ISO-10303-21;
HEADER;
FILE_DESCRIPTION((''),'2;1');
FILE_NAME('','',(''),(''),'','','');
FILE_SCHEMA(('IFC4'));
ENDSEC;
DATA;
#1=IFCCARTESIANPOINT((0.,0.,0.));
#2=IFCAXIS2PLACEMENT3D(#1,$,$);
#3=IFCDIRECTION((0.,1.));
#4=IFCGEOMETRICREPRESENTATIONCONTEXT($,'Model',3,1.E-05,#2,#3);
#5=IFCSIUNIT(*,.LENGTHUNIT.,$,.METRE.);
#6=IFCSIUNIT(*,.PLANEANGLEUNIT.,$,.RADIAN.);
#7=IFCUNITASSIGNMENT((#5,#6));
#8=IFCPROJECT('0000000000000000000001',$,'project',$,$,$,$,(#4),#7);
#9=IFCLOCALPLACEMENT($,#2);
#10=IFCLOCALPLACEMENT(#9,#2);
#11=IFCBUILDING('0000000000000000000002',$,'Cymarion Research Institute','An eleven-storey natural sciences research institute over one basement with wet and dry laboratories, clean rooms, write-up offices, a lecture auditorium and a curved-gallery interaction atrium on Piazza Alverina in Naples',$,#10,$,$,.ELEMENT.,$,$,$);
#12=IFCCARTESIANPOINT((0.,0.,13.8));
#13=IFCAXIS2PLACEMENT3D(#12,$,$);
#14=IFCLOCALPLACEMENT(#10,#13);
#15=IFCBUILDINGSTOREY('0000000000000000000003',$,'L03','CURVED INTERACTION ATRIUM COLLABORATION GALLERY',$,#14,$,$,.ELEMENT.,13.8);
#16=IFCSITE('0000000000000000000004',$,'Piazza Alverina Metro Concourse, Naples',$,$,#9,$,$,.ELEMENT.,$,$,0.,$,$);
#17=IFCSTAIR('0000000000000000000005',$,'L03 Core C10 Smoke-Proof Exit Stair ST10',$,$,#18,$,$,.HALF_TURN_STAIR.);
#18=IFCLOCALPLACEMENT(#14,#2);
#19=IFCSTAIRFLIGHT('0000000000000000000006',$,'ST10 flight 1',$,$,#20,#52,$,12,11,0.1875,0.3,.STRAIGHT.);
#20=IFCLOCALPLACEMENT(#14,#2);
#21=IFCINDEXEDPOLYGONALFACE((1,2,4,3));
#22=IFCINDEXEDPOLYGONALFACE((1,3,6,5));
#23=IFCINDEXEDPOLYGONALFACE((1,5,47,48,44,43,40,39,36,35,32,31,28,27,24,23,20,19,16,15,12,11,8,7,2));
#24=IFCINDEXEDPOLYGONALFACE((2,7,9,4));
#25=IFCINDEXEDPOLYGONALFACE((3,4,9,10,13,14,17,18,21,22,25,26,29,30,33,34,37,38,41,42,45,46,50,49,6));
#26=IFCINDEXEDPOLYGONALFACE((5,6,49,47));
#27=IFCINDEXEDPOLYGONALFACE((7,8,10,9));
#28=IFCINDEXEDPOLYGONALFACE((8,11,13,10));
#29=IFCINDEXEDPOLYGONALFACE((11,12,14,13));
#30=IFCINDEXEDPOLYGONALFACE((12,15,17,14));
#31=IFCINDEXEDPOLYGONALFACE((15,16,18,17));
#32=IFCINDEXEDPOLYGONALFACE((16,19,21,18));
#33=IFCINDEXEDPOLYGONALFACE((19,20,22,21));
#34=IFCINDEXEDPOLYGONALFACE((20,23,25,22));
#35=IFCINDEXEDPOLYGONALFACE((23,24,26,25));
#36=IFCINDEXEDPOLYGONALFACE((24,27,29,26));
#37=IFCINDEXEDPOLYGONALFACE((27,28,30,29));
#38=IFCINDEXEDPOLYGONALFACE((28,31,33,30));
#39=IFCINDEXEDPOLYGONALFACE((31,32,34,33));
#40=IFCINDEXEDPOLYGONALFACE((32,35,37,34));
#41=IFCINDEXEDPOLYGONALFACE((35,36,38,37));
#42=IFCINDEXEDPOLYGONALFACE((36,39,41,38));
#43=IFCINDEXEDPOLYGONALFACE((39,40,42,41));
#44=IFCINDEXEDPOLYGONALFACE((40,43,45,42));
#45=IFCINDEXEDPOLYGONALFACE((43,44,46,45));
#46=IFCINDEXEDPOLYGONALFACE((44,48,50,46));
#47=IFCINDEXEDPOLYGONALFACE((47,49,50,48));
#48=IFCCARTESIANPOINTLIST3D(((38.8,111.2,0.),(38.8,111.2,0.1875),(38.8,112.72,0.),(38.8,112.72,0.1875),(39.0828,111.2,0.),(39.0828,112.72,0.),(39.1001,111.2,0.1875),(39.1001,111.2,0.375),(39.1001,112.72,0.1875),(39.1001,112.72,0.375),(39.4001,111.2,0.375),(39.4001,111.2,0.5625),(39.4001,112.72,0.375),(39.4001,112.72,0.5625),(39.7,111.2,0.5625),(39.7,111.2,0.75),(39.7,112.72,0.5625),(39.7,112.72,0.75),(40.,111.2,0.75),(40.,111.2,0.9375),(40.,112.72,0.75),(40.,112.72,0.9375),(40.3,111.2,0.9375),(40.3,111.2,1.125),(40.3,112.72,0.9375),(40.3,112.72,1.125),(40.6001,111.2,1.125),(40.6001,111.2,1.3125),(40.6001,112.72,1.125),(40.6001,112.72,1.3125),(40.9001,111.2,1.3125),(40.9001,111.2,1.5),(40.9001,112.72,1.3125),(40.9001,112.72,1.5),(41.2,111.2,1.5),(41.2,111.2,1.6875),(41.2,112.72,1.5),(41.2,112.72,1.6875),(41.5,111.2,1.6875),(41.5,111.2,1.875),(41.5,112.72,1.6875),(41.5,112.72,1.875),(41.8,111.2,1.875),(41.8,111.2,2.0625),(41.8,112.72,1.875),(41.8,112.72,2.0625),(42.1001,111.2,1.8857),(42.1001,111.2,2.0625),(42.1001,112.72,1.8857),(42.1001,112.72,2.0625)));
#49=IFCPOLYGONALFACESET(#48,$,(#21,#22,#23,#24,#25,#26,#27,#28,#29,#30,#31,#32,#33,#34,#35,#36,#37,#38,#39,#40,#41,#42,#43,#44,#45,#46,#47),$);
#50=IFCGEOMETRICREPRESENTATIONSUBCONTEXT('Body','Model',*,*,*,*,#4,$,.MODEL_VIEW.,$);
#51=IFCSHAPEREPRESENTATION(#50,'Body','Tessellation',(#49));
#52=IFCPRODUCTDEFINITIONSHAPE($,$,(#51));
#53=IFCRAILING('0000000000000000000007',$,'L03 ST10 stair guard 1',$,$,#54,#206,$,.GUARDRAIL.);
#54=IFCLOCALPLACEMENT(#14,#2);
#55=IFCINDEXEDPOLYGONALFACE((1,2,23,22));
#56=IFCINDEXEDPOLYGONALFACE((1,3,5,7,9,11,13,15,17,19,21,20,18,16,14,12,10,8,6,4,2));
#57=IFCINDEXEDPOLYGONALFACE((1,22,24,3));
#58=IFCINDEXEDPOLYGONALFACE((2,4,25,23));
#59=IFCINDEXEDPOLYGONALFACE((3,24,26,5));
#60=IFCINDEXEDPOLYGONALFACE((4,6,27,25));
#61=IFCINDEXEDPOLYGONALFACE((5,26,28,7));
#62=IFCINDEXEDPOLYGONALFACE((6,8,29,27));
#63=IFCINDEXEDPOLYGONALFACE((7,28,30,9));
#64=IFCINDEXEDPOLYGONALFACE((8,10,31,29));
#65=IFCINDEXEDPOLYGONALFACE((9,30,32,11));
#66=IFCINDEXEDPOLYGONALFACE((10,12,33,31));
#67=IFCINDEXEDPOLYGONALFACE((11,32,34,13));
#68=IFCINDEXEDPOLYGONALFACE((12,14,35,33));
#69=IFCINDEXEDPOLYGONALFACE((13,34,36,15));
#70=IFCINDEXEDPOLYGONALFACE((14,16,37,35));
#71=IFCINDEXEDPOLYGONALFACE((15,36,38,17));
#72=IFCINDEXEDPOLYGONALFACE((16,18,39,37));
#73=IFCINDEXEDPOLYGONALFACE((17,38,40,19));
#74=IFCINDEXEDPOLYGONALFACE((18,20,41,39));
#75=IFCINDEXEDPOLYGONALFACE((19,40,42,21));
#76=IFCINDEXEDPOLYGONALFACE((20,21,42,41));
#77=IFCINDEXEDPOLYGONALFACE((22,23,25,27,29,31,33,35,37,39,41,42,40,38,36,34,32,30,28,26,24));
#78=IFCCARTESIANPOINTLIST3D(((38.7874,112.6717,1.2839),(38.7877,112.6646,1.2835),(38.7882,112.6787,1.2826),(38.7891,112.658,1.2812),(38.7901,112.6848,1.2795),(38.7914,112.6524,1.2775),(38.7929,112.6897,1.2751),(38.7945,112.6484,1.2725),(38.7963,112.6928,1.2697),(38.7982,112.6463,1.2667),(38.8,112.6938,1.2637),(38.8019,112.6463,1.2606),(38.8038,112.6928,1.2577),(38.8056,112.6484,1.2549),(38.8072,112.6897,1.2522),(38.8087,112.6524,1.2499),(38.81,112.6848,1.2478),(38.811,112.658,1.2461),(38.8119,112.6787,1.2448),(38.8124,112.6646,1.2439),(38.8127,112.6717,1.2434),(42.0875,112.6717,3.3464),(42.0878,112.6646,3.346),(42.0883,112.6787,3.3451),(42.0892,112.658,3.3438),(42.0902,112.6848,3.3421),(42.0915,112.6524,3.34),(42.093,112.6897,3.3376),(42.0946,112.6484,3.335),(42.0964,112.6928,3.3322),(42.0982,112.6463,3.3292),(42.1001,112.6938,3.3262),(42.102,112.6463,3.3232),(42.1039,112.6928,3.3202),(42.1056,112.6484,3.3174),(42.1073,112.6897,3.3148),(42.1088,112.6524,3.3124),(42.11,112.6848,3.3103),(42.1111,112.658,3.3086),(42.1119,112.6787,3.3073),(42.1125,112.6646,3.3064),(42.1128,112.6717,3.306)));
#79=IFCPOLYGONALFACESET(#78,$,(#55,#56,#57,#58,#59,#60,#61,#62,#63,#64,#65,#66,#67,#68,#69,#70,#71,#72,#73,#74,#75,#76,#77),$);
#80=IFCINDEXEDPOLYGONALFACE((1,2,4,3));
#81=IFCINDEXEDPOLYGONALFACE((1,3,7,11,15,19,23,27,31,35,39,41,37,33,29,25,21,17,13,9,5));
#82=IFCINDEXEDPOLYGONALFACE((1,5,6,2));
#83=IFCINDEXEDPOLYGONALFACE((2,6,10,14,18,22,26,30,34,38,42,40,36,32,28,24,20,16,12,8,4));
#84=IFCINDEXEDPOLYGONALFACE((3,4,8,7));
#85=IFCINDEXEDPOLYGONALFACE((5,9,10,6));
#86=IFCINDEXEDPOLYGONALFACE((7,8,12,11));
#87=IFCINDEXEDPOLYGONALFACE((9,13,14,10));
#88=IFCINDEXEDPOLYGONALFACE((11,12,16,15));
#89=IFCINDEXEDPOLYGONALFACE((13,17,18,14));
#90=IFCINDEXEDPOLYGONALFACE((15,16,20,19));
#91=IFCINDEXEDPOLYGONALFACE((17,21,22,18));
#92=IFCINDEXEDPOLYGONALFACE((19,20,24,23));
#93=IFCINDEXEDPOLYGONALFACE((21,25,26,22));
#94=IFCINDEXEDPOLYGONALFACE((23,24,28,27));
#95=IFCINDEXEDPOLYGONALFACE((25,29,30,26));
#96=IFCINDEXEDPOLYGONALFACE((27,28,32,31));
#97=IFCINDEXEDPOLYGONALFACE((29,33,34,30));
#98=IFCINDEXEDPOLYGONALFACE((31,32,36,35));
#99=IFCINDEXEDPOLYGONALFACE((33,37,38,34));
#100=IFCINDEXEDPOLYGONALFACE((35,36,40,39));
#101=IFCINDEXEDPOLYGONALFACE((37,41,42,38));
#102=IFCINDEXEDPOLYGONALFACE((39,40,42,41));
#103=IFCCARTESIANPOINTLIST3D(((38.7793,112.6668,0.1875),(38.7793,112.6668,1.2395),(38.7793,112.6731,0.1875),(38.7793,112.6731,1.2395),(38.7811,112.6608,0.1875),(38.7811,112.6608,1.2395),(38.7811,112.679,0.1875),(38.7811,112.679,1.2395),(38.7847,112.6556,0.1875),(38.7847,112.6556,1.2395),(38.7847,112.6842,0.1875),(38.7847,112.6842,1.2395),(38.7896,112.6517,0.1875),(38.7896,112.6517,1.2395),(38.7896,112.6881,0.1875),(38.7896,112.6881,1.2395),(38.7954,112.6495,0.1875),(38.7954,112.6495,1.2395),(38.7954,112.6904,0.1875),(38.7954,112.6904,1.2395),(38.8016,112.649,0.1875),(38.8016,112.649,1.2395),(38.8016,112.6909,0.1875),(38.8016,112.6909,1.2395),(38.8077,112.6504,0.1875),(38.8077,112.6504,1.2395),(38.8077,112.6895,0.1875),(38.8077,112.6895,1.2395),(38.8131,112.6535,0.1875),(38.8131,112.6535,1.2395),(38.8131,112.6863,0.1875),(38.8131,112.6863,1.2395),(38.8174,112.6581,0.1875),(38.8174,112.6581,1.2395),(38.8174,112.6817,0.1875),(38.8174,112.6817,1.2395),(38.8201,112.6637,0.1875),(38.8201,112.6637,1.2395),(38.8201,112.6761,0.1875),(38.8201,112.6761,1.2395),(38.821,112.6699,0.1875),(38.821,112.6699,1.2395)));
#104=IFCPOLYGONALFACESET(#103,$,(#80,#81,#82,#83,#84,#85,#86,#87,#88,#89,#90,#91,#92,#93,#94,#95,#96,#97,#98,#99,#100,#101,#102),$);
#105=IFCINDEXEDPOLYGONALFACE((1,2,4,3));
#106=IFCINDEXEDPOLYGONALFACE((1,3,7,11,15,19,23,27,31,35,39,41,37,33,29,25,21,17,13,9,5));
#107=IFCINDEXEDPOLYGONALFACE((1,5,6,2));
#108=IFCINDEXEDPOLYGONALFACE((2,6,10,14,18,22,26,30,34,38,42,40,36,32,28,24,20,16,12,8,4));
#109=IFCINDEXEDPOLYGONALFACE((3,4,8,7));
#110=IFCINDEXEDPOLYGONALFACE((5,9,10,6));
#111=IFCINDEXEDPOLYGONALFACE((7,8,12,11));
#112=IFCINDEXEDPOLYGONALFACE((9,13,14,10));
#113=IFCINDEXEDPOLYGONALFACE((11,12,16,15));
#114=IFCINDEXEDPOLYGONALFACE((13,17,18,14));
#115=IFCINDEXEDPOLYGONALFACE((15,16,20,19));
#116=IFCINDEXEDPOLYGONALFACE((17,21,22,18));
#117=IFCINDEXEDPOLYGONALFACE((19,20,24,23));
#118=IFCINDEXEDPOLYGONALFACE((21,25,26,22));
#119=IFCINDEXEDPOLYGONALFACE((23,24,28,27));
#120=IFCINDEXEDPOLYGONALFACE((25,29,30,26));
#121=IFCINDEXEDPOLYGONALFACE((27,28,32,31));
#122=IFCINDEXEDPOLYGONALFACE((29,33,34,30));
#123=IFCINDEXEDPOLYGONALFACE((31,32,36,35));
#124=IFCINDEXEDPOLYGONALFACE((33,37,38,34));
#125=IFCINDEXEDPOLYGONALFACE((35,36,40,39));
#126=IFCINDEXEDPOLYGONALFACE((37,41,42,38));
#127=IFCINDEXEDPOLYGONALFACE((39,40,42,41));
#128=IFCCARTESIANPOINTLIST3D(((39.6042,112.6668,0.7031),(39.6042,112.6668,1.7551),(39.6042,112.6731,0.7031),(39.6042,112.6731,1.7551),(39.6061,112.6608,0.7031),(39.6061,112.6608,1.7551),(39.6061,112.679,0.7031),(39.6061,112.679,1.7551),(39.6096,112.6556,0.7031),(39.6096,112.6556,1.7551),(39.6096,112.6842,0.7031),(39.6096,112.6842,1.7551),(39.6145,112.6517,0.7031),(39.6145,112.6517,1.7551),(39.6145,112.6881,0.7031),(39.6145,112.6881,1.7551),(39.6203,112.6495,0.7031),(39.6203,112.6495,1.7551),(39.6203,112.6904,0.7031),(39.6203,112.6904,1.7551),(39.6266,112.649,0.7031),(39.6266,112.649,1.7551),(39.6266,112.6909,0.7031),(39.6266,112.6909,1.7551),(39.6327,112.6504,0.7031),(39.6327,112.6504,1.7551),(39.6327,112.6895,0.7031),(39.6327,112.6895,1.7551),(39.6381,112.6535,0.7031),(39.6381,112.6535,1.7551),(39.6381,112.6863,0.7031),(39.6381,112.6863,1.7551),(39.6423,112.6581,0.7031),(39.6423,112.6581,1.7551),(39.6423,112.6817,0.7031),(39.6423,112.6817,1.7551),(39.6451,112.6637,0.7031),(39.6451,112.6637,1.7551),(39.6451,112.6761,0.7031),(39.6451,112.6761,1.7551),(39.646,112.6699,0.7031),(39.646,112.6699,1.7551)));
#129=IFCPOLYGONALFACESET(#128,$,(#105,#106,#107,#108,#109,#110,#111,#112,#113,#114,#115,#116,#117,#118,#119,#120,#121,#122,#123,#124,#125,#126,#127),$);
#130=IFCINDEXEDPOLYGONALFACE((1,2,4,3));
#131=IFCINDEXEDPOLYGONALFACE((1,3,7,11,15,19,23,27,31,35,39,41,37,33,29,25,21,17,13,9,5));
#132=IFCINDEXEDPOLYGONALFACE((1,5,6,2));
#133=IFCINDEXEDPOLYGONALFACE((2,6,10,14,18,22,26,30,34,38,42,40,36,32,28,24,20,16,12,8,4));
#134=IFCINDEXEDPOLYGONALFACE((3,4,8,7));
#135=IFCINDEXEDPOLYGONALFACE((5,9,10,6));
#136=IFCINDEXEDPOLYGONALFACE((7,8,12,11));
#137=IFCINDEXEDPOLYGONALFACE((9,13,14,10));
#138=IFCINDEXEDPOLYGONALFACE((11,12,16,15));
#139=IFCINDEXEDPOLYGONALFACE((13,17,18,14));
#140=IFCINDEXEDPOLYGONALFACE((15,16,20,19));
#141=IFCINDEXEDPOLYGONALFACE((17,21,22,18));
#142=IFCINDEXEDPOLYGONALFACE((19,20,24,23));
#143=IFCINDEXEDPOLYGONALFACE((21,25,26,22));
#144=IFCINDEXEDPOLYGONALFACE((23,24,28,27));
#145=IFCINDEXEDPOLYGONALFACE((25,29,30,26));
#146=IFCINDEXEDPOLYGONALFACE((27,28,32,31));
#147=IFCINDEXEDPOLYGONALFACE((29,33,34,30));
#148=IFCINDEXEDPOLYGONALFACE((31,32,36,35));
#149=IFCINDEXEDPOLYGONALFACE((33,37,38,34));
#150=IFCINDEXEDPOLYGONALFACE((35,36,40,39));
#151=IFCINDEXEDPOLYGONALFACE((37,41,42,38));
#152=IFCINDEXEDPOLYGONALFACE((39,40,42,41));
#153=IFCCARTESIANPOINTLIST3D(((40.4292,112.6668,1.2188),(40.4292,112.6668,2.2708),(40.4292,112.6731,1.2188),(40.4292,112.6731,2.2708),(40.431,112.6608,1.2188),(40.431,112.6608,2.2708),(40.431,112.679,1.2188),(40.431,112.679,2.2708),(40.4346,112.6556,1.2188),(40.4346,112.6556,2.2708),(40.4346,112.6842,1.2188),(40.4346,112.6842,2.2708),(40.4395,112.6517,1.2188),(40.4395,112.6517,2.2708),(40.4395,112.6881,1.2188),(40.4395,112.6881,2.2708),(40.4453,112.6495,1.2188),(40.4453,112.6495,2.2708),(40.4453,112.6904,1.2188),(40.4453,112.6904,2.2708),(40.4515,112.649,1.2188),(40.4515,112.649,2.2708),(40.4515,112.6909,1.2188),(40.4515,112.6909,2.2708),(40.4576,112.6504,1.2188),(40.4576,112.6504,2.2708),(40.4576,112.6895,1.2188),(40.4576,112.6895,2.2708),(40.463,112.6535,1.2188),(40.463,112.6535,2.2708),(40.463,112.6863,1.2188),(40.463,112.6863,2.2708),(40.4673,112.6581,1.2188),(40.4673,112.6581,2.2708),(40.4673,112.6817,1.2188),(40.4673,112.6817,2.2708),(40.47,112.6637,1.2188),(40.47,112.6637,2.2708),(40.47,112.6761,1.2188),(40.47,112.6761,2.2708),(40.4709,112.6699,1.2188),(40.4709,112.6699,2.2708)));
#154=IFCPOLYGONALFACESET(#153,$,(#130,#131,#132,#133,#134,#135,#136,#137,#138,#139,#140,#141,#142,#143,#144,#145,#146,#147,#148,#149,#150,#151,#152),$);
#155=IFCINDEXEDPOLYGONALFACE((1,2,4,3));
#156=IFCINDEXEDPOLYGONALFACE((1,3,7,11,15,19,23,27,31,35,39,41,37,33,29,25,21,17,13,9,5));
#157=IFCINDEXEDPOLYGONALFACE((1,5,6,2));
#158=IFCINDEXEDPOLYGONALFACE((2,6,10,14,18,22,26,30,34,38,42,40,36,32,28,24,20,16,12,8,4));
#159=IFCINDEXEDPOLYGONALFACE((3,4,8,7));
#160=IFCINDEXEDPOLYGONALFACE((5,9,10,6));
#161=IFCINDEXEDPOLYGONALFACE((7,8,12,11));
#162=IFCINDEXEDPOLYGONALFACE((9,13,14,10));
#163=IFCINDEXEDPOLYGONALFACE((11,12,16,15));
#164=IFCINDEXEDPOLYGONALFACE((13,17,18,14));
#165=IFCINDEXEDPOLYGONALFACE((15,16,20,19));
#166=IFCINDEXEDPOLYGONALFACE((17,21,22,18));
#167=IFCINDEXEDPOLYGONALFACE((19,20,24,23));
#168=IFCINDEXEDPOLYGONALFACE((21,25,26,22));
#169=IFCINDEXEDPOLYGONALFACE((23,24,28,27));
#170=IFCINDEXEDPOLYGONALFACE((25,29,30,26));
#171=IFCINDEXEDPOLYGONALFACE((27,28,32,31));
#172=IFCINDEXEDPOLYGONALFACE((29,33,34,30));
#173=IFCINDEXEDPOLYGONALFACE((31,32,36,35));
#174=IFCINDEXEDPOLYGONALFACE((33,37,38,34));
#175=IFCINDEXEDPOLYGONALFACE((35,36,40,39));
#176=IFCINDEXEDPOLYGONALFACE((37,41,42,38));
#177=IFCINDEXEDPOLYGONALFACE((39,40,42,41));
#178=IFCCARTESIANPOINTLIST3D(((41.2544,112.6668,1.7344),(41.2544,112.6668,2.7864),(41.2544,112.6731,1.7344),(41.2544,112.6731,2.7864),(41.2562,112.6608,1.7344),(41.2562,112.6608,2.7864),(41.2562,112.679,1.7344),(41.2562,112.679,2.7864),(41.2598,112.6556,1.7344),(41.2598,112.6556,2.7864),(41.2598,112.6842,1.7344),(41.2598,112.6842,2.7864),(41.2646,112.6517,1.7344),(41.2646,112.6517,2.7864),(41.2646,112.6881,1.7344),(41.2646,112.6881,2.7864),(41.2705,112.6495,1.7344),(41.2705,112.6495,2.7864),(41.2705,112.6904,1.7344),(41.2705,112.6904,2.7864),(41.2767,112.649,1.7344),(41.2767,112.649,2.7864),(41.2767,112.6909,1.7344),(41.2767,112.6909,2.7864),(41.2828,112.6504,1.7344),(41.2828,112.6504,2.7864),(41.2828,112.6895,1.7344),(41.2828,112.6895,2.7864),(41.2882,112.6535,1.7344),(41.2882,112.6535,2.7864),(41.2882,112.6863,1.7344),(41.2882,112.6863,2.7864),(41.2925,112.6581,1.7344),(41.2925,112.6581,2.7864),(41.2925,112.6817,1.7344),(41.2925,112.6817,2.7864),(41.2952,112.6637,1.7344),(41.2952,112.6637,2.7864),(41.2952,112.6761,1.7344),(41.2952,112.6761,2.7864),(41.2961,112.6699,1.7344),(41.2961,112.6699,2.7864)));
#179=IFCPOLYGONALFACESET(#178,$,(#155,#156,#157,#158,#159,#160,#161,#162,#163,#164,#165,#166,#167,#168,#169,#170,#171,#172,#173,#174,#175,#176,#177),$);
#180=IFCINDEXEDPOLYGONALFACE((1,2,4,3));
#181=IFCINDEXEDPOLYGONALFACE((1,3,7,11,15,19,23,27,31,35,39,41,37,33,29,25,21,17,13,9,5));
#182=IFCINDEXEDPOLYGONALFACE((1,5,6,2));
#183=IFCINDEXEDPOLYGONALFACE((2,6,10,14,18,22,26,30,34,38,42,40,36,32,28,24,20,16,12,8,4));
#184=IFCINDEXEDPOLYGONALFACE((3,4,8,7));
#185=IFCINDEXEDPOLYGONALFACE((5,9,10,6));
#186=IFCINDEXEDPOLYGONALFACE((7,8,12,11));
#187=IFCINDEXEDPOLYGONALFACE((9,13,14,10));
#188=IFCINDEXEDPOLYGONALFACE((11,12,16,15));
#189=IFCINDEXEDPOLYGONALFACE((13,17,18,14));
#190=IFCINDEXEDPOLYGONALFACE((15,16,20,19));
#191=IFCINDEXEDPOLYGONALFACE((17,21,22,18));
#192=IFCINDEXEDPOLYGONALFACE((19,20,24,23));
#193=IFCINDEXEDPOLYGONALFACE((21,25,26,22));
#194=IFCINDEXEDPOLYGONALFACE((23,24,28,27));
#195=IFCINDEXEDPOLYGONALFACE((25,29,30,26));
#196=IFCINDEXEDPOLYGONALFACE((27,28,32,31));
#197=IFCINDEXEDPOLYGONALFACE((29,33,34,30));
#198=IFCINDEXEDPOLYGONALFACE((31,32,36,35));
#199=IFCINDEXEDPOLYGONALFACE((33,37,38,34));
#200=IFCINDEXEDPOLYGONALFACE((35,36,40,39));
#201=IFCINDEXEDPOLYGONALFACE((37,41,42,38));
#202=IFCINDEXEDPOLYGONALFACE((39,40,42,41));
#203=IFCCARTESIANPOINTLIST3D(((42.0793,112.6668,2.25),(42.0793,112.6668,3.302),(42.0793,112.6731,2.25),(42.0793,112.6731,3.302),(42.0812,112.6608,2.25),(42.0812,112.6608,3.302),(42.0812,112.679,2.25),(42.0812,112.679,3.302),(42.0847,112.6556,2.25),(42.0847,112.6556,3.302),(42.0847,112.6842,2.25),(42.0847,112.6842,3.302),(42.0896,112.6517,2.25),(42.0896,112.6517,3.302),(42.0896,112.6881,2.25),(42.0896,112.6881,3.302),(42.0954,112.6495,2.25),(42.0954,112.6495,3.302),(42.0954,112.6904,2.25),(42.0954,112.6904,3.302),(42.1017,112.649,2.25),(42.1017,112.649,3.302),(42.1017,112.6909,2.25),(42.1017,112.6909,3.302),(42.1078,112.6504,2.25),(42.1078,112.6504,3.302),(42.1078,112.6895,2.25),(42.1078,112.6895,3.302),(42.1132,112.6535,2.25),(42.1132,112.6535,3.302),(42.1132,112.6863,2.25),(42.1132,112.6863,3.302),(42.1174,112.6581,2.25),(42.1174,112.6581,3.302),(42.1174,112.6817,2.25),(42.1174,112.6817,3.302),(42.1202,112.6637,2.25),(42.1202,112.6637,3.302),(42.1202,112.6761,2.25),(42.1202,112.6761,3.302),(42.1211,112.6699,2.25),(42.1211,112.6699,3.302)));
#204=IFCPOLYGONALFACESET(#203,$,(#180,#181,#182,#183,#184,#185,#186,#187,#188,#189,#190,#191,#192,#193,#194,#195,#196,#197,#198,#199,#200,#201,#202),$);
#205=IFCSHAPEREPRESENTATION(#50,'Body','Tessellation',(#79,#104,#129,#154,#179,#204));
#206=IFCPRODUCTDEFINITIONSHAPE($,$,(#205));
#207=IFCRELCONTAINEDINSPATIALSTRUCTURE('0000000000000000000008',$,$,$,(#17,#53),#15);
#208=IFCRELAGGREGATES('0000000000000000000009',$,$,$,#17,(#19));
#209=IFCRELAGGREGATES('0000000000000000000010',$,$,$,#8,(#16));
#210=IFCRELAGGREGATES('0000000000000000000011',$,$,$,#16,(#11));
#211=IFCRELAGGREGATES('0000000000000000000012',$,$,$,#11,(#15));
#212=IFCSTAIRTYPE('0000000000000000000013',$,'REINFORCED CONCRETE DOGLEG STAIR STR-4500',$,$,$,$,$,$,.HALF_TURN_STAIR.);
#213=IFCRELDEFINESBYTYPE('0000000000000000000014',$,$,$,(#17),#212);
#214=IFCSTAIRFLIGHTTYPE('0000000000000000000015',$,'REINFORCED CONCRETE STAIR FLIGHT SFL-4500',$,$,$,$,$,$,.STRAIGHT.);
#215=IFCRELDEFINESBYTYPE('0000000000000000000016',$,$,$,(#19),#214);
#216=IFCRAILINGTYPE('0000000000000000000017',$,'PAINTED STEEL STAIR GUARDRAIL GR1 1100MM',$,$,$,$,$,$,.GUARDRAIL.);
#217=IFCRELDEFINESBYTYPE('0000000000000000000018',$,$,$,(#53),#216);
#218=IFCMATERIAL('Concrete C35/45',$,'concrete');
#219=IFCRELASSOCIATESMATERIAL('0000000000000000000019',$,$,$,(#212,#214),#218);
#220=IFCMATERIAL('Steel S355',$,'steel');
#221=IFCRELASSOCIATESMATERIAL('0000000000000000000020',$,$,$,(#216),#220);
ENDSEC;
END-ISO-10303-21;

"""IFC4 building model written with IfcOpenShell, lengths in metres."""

from ifc_helpers import new_model, si_unit, direction, frame, origin, origin_2d, place, context, subcontext, project, spatial, polyline, circle, outline, extrude, material, type_object, element, aggregate, save


model = new_model("IFC4")

# Units and contexts
model_context = context("Model", 3, precision=1e-05, world=origin(), true_north=direction((0.0, 1.0)))
body_context = subcontext(model_context, "Body", "Model", "MODEL_VIEW")
ifc_project = project(units=[si_unit("LENGTHUNIT", "METRE"), si_unit("PLANEANGLEUNIT", "RADIAN")], contexts=[model_context])

# Site, building, storey
site_placement = place(None, origin())
site = spatial("IfcSite", under=ifc_project, at=site_placement, Name="Piazza Alverina Metro Concourse, Naples", CompositionType="ELEMENT", RefElevation=0.0)
building_placement = place(site_placement, origin())
building = spatial("IfcBuilding", under=site, at=building_placement, Name="Cymarion Research Institute", Description="An eleven-storey natural sciences research institute over one basement with wet and dry laboratories, clean rooms, write-up offices, a lecture auditorium and a curved-gallery interaction atrium on Piazza Alverina in Naples", CompositionType="ELEMENT")
storey_placement = place(building_placement, frame((0.0, 0.0, 13.8)))
storey = spatial("IfcBuildingStorey", under=building, at=storey_placement, Name="L03", Description="CURVED INTERACTION ATRIUM COLLABORATION GALLERY", CompositionType="ELEMENT", Elevation=13.8)

# Shared definitions
ifc_material_1 = material(Name="Steel S355", Category="steel")

# Stair, stair flight
ifc_material_2 = material(Name="Concrete C35/45", Category="concrete")
stair_type = type_object("IfcStairType", Name="REINFORCED CONCRETE DOGLEG STAIR STR-4500", PredefinedType="HALF_TURN_STAIR", material=ifc_material_2)
stair_placement = place(storey_placement, origin())
stair = element("IfcStair", 1, at=stair_placement, inside=storey, type_object=stair_type, Name="L03 Core C10 Smoke-Proof Exit Stair ST10", PredefinedType="HALF_TURN_STAIR")
stair_flight_type = type_object("IfcStairFlightType", Name="REINFORCED CONCRETE STAIR FLIGHT SFL-4500", PredefinedType="STRAIGHT", material=ifc_material_2)
stair_flight_placement = place(storey_placement, frame((38.8, 111.96, 0.0), z_axis=(0.0, 0.0, 1.0), x_axis=(1.0, 0.0, 0.0)))
stair_flight = element("IfcStairFlight", 2, at=stair_flight_placement, type_object=stair_flight_type, Name="ST10 flight 1", NumberOfRisers=12, NumberOfTreads=11, PredefinedType="STRAIGHT", RiserHeight=0.1875, TreadLength=0.3, context=body_context, shape_type="SweptSolid", body=[
    extrude(outline(polyline([(0.0, 0.0), (0.0, 0.1875), (0.3, 0.1875), (0.3, 0.375), (0.6001, 0.375), (0.6001, 0.5625), (0.8999, 0.5625), (0.8999, 0.75), (1.2, 0.75), (1.2, 0.9375), (1.5, 0.9375), (1.5, 1.125), (1.8, 1.125), (1.8, 1.3125), (2.1001, 1.3125), (2.1001, 1.5), (2.3999, 1.5), (2.3999, 1.6875), (2.7, 1.6875), (2.7, 1.875), (3.0, 1.875), (3.0, 2.0625), (3.3, 2.0625), (3.3, 2.25), (3.3, 1.8857), (0.2827, 0.0), (0.0, 0.0)])), frame((0.0, 0.76, 0.0), z_axis=(0.0, -1.0, 0.0), x_axis=(1.0, 0.0, 0.0)), (0.0, 0.0, 1.0), 1.52),
])
aggregate(stair, [stair_flight])

# Railing
railing_type_1 = type_object("IfcRailingType", Name="PAINTED STEEL STAIR GUARDRAIL GR1 1100MM", PredefinedType="GUARDRAIL", material=ifc_material_1)
railing_1_placement = place(storey_placement, frame((38.8, 112.6699, 0.1875)))
element("IfcRailing", 3, at=railing_1_placement, inside=storey, type_object=railing_type_1, Name="L03 ST10 stair guard 1", PredefinedType="GUARDRAIL", context=body_context, shape_type="SweptSolid", body=[
    extrude(circle(Radius=0.0239, at=origin_2d()), frame((0.0, 0.0, 1.0762), z_axis=(0.848002, 0.0, 0.529993), x_axis=(0.0, 1.0, 0.0)), (0.0, 0.0, 1.0), 3.8916),
    extrude(circle(Radius=0.021, at=origin_2d()), origin(), (0.0, 0.0, 1.0), 1.052),
    extrude(circle(Radius=0.021, at=origin_2d()), frame((0.825, 0.0, 0.5156)), (0.0, 0.0, 1.0), 1.052),
    extrude(circle(Radius=0.021, at=origin_2d()), frame((1.6499, 0.0, 1.0312)), (0.0, 0.0, 1.0), 1.052),
    extrude(circle(Radius=0.021, at=origin_2d()), frame((2.4751, 0.0, 1.5469)), (0.0, 0.0, 1.0), 1.052),
    extrude(circle(Radius=0.021, at=origin_2d()), frame((3.3, 0.0, 2.0625)), (0.0, 0.0, 1.0), 1.052),
])

save(model, "model.ifc")
